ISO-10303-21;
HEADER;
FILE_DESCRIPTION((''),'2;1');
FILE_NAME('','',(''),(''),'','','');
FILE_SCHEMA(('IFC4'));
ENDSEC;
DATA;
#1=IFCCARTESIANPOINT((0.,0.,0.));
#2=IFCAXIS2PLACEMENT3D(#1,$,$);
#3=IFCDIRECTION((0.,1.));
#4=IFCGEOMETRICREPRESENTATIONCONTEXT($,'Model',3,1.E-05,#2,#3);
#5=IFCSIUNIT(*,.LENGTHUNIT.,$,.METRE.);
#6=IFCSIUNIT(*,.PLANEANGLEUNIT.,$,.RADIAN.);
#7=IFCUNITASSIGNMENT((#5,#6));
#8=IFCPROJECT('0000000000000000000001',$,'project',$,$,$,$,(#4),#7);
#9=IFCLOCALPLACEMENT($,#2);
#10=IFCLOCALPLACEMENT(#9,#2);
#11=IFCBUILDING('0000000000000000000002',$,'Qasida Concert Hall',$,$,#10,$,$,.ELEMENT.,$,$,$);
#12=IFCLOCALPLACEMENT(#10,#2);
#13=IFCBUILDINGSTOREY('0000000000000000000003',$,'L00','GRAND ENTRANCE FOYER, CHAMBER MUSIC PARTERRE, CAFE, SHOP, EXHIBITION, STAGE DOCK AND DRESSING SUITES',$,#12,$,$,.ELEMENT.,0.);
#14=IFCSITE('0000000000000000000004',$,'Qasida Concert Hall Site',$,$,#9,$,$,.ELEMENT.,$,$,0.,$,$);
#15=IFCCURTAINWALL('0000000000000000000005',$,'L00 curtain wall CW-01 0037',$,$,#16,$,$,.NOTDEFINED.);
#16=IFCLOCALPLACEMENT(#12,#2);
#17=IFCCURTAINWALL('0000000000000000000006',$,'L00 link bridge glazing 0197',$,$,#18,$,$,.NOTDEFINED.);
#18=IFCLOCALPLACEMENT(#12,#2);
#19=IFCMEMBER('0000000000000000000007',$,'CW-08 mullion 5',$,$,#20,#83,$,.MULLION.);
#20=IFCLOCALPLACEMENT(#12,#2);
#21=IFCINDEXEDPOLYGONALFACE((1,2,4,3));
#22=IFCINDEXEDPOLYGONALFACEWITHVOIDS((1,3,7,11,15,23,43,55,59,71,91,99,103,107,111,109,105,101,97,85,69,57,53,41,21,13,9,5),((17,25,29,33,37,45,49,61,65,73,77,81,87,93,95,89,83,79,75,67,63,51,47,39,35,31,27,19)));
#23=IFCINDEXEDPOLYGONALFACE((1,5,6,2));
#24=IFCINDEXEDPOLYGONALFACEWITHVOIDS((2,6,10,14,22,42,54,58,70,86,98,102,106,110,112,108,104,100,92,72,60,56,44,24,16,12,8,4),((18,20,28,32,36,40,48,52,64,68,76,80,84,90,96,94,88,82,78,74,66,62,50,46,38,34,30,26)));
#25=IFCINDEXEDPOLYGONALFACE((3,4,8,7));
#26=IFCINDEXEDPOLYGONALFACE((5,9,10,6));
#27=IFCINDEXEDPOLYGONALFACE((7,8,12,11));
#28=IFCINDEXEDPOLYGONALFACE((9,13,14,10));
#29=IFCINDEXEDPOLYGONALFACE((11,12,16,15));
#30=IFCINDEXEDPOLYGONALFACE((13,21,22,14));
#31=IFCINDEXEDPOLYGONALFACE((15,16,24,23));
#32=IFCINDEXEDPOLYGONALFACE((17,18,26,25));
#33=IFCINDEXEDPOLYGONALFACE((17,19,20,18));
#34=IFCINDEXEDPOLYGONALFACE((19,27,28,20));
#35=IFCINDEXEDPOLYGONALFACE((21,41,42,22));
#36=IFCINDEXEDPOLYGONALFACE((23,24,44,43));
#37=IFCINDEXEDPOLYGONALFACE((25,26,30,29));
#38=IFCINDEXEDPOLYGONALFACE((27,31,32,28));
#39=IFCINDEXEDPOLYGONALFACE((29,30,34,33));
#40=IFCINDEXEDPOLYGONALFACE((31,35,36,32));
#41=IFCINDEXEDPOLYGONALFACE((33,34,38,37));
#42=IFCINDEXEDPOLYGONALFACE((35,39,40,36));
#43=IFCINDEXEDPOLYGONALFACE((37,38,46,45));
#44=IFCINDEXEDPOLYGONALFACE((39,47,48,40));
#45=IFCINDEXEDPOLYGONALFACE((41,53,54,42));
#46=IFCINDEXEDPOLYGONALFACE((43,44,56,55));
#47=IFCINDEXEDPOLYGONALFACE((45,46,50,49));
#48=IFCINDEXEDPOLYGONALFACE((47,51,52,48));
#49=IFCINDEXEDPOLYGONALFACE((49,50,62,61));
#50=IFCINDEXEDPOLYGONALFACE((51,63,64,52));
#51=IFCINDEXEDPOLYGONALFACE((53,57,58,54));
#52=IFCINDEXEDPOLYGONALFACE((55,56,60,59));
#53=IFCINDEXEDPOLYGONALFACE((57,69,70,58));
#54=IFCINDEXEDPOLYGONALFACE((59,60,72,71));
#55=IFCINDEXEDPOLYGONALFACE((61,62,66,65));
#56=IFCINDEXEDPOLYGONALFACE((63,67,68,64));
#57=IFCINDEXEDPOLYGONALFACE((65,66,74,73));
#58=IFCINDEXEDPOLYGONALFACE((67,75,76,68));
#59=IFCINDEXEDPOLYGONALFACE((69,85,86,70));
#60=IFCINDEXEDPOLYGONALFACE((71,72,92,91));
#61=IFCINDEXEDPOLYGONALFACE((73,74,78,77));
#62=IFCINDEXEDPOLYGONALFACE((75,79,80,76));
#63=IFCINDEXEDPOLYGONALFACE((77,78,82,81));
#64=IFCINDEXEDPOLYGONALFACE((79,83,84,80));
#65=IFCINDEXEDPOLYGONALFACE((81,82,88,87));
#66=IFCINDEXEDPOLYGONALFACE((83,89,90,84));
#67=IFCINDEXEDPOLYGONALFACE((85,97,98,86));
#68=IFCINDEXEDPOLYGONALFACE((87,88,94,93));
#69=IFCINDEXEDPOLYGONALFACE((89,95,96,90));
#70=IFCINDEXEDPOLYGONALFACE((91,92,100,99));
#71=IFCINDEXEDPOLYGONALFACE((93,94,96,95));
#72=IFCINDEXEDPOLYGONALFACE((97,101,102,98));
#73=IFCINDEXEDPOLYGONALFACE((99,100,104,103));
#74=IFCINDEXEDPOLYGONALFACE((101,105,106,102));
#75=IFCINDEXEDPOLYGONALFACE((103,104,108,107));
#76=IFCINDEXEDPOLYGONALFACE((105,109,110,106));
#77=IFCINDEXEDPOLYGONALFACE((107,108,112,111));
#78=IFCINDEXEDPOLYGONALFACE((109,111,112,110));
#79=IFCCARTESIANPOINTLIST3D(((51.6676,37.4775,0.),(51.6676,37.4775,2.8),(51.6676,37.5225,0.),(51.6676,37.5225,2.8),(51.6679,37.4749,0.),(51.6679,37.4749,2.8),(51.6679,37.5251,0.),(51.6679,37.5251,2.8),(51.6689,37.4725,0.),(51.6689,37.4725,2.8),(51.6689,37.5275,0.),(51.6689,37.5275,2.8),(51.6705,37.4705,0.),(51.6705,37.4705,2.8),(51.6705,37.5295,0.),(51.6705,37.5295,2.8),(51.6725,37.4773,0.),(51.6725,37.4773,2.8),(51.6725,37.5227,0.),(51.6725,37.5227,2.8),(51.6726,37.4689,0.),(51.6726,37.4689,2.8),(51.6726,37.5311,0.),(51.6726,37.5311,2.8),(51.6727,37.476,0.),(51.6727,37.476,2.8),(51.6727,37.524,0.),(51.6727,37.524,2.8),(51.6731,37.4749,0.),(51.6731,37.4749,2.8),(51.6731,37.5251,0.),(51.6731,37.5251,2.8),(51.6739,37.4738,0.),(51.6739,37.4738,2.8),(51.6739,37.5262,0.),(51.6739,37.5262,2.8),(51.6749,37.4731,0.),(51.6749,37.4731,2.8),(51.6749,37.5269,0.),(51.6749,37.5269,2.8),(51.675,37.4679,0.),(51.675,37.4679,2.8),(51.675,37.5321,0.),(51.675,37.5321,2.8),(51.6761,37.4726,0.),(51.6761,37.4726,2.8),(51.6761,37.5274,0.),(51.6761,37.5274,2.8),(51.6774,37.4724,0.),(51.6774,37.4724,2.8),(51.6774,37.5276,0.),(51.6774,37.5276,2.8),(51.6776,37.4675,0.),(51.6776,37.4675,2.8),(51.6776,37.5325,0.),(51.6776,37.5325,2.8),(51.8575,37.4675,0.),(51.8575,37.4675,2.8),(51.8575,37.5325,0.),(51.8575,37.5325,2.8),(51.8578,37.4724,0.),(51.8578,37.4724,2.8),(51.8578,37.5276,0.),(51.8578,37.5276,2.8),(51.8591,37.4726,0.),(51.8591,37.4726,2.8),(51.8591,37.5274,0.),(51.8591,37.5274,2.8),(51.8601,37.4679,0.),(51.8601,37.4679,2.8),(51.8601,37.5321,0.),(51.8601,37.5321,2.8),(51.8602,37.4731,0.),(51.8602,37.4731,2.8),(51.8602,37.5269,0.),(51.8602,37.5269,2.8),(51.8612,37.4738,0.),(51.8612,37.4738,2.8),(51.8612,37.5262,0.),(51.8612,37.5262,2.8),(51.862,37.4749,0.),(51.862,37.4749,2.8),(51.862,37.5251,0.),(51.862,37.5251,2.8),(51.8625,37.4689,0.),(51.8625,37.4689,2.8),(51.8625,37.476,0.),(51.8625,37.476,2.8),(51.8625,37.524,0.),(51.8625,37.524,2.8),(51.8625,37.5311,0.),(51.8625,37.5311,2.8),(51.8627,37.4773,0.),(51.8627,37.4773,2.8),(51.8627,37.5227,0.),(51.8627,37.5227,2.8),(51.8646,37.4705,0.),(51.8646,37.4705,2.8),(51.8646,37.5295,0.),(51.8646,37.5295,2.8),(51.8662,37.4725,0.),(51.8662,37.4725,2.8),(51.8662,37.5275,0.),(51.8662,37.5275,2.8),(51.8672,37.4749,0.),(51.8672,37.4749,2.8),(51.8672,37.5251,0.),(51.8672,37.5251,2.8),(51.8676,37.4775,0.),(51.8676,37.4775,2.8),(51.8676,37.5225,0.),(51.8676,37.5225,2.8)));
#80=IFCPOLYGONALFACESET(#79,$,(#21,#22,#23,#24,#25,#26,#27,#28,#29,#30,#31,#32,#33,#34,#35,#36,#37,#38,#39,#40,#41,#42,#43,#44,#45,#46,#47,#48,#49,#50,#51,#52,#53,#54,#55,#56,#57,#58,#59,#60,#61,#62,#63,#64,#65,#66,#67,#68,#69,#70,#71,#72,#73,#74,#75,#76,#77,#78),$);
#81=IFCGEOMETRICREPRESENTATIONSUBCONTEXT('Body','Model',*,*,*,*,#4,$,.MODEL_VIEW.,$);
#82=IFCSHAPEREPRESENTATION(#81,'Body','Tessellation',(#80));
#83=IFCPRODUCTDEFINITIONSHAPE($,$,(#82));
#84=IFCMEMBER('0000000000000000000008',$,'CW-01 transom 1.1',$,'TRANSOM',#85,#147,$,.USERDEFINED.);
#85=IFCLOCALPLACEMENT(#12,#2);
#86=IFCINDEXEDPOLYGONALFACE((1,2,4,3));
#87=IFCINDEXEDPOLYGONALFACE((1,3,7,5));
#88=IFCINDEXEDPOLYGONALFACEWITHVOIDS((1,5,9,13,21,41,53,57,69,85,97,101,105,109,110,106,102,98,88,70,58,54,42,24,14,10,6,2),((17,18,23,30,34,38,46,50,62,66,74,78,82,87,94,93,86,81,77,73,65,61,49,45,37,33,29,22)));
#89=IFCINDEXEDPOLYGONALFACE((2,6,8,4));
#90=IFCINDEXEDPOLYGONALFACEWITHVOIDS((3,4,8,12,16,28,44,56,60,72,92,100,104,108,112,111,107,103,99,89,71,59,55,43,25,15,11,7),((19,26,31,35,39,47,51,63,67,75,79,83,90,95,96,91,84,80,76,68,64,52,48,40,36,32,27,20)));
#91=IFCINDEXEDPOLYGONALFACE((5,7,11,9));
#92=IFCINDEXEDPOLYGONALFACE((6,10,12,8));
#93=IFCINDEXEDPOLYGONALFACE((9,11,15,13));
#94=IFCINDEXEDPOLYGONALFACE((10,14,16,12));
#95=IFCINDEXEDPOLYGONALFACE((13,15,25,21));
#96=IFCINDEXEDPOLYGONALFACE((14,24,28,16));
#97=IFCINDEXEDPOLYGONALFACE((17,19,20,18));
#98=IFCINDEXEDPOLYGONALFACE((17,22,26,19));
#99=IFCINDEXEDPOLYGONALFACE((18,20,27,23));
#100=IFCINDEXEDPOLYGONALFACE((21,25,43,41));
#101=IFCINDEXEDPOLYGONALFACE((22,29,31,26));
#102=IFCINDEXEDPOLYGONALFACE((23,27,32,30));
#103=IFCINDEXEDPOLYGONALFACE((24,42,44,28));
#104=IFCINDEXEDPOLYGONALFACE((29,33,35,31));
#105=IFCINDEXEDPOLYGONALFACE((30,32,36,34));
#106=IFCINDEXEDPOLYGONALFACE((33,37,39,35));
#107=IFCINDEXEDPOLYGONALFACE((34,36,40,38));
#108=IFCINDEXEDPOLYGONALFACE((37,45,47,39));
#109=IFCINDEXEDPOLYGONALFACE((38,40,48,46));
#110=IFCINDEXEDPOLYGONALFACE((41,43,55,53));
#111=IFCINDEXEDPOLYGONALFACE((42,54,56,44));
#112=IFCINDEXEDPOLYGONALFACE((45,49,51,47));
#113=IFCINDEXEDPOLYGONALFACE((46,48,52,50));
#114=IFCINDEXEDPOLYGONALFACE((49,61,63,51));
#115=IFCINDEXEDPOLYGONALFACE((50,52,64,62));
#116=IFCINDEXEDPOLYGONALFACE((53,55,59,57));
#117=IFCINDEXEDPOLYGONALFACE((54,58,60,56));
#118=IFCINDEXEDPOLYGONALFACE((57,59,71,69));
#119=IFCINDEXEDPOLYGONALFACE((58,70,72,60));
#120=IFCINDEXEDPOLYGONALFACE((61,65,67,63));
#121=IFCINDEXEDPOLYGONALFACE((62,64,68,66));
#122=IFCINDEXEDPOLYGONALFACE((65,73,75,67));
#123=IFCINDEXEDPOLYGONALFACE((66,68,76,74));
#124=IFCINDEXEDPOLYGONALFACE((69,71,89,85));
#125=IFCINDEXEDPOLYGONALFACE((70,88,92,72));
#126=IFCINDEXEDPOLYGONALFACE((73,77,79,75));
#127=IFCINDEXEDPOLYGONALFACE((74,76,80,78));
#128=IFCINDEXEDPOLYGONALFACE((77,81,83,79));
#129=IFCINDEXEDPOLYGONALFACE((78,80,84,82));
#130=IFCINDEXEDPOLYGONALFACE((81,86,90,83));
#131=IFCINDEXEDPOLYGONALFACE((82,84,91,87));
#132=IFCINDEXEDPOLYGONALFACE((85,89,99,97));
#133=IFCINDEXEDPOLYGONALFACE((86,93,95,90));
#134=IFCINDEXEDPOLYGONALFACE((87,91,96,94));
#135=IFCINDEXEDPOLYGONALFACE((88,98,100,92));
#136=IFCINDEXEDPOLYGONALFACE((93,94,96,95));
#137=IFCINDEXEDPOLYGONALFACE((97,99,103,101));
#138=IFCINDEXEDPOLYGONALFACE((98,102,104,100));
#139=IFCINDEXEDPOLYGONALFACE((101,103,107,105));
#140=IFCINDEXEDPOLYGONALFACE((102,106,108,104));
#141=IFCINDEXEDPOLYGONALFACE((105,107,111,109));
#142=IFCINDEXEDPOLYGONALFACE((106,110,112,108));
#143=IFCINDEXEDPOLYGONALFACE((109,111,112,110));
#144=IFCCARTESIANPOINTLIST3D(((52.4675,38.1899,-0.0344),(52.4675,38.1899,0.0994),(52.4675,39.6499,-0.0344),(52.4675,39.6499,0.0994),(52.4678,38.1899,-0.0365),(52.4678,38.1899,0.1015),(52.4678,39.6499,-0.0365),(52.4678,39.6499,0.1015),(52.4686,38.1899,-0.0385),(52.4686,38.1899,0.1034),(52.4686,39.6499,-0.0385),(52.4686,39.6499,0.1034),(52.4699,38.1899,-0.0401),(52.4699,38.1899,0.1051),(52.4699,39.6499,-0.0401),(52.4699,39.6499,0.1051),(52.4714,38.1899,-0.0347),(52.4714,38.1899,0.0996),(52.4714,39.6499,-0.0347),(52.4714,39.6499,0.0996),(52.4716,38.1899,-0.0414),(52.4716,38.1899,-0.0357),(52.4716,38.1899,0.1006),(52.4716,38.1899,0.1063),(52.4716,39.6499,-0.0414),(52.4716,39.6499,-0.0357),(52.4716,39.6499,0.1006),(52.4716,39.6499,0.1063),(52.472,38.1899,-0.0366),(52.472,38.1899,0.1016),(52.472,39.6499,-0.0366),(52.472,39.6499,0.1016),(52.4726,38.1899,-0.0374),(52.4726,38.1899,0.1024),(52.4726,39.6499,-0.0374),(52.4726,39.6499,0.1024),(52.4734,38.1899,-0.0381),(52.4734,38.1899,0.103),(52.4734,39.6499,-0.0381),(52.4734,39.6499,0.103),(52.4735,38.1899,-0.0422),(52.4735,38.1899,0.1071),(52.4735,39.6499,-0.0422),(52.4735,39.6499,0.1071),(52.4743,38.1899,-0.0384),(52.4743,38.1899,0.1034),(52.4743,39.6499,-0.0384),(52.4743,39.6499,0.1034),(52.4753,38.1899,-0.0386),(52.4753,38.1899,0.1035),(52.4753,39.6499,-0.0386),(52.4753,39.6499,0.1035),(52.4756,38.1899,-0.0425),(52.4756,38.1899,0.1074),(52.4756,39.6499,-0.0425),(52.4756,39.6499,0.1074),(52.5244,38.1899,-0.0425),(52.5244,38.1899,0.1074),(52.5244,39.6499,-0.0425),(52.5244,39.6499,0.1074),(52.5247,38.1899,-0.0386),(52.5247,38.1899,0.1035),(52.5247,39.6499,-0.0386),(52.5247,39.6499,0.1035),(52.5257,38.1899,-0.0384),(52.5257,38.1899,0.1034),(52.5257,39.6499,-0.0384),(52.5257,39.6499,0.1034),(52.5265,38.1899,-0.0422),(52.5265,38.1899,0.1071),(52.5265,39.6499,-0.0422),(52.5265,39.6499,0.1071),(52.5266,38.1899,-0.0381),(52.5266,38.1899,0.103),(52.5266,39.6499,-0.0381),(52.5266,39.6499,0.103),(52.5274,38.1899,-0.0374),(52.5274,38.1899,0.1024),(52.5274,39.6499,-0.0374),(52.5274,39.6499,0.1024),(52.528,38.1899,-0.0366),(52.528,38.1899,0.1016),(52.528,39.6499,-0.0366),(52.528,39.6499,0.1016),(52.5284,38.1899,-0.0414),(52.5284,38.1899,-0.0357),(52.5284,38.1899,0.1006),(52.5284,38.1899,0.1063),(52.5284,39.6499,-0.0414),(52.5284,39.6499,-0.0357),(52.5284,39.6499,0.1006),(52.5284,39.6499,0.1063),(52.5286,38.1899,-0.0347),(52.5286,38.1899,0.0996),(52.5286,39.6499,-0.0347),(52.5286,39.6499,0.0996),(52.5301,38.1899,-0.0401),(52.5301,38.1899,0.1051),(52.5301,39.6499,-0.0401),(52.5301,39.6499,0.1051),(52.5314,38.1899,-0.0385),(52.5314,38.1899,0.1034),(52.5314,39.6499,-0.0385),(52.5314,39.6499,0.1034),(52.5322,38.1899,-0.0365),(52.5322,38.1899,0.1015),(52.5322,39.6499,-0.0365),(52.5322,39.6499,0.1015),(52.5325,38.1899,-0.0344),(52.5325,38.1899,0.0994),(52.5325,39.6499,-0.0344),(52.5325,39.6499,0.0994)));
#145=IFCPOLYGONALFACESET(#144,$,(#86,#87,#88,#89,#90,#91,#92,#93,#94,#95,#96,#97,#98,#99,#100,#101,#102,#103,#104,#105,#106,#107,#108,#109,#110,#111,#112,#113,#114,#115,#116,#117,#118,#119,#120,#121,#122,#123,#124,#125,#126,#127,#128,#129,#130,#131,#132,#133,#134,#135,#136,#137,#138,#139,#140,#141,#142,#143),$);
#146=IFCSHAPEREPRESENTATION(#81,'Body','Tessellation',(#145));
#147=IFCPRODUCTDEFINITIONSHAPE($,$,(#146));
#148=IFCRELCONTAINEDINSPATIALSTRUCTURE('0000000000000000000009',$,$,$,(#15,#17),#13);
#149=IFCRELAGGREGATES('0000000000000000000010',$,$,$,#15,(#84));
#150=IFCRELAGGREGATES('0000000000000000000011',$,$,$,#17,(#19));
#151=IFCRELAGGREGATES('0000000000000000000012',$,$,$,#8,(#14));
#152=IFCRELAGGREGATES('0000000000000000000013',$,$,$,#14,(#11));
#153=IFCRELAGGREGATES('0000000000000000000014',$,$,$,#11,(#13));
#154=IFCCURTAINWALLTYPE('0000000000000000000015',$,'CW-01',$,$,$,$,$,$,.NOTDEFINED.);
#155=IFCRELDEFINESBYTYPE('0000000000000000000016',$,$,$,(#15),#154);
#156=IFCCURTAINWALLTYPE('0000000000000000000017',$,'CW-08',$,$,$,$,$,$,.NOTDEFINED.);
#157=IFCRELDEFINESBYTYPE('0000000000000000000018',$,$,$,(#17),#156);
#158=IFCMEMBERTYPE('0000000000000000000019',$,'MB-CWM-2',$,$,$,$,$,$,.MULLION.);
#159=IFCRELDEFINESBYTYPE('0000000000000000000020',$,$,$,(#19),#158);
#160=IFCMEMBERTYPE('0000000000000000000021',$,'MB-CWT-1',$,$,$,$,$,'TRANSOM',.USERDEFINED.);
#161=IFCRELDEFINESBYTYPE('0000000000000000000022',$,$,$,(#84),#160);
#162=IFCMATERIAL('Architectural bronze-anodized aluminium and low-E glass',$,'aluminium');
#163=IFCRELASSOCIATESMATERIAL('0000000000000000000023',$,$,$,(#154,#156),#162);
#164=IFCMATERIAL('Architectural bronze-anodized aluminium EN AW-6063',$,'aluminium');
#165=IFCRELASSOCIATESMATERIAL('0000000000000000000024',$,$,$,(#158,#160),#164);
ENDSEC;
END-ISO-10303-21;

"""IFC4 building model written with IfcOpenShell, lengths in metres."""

from ifc_helpers import new_model, si_unit, direction, frame, origin, origin_2d, place, context, subcontext, project, spatial, hollow_rectangle, extrude, material, material_profile, profile_set, type_object, element, aggregate, save


model = new_model("IFC4")

# Units and contexts
model_context = context("Model", 3, precision=1e-05, world=origin(), true_north=direction((0.0, 1.0)))
body_context = subcontext(model_context, "Body", "Model", "MODEL_VIEW")
ifc_project = project(units=[si_unit("LENGTHUNIT", "METRE"), si_unit("PLANEANGLEUNIT", "RADIAN")], contexts=[model_context])

# Site, building, storey
site_placement = place(None, origin())
site = spatial("IfcSite", under=ifc_project, at=site_placement, Name="Qasida Concert Hall Site", CompositionType="ELEMENT", RefElevation=0.0)
building_placement = place(site_placement, origin())
building = spatial("IfcBuilding", under=site, at=building_placement, Name="Qasida Concert Hall", CompositionType="ELEMENT")
storey_placement = place(building_placement, origin())
storey = spatial("IfcBuildingStorey", under=building, at=storey_placement, Name="L00", Description="GRAND ENTRANCE FOYER, CHAMBER MUSIC PARTERRE, CAFE, SHOP, EXHIBITION, STAGE DOCK AND DRESSING SUITES", CompositionType="ELEMENT", Elevation=0.0)

# Curtain wall
ifc_material_1 = material(Name="Architectural bronze-anodized aluminium and low-E glass", Category="aluminium")
curtain_wall_type_1 = type_object("IfcCurtainWallType", Name="CW-01", PredefinedType="NOTDEFINED", material=ifc_material_1)
curtain_wall_1_placement = place(storey_placement, origin())
curtain_wall_1 = element("IfcCurtainWall", 1, at=curtain_wall_1_placement, inside=storey, type_object=curtain_wall_type_1, Name="L00 curtain wall CW-01 0037", PredefinedType="NOTDEFINED")
ifc_material_2 = material(Name="Architectural bronze-anodized aluminium EN AW-6063", Category="aluminium")

# Curtain wall, member
curtain_wall_type_2 = type_object("IfcCurtainWallType", Name="CW-08", PredefinedType="NOTDEFINED", material=ifc_material_1)
curtain_wall_2_placement = place(storey_placement, origin())
curtain_wall_2 = element("IfcCurtainWall", 2, at=curtain_wall_2_placement, inside=storey, type_object=curtain_wall_type_2, Name="L00 link bridge glazing 0197", PredefinedType="NOTDEFINED")
ifc_material_profile_1 = material_profile(ifc_material_2, hollow_rectangle(XDim=0.0649, YDim=0.2, WallThickness=0.0049, InnerFilletRadius=0.0049, OuterFilletRadius=0.01, at=origin_2d()), Name="CWM 200x65x5")
ifc_profile_set_1 = profile_set([ifc_material_profile_1], Name="Architectural bronze-anodized aluminium EN AW-6063")
member_type_1 = type_object("IfcMemberType", Name="MB-CWM-2", PredefinedType="MULLION", material=ifc_profile_set_1)
member_1_placement = place(storey_placement, frame((51.7676, 37.5, 0.0), z_axis=(0.0, 0.0, 1.0), x_axis=(0.0, 1.0, 0.0)))
member_1 = element("IfcMember", 3, at=member_1_placement, type_object=member_type_1, Name="CW-08 mullion 5", PredefinedType="MULLION", context=body_context, shape_type="SweptSolid", body=[
    extrude(hollow_rectangle(XDim=0.0649, YDim=0.2, WallThickness=0.0049, InnerFilletRadius=0.0049, OuterFilletRadius=0.01, at=origin_2d()), origin(), (0.0, 0.0, 1.0), 2.8),
])

# Member
ifc_material_profile_2 = material_profile(ifc_material_2, hollow_rectangle(XDim=0.0649, YDim=0.1499, WallThickness=0.0039, InnerFilletRadius=0.0039, OuterFilletRadius=0.0081, at=origin_2d()), Name="CWT 150x65x4")
ifc_profile_set_2 = profile_set([ifc_material_profile_2], Name="Architectural bronze-anodized aluminium EN AW-6063")
member_type_2 = type_object("IfcMemberType", Name="MB-CWT-1", ElementType="TRANSOM", PredefinedType="USERDEFINED", material=ifc_profile_set_2)
member_2_placement = place(storey_placement, frame((52.5, 38.1899, 0.0325), z_axis=(0.0, 1.0, 0.0), x_axis=(-1.0, 0.0, 0.0)))
member_2 = element("IfcMember", 4, at=member_2_placement, type_object=member_type_2, Name="CW-01 transom 1.1", ObjectType="TRANSOM", PredefinedType="USERDEFINED", context=body_context, shape_type="SweptSolid", body=[
    extrude(hollow_rectangle(XDim=0.0649, YDim=0.1499, WallThickness=0.0039, InnerFilletRadius=0.0039, OuterFilletRadius=0.0081, at=origin_2d()), origin(), (0.0, 0.0, 1.0), 1.46),
])
aggregate(curtain_wall_1, [member_2])

aggregate(curtain_wall_2, [member_1])

save(model, "model.ifc")
